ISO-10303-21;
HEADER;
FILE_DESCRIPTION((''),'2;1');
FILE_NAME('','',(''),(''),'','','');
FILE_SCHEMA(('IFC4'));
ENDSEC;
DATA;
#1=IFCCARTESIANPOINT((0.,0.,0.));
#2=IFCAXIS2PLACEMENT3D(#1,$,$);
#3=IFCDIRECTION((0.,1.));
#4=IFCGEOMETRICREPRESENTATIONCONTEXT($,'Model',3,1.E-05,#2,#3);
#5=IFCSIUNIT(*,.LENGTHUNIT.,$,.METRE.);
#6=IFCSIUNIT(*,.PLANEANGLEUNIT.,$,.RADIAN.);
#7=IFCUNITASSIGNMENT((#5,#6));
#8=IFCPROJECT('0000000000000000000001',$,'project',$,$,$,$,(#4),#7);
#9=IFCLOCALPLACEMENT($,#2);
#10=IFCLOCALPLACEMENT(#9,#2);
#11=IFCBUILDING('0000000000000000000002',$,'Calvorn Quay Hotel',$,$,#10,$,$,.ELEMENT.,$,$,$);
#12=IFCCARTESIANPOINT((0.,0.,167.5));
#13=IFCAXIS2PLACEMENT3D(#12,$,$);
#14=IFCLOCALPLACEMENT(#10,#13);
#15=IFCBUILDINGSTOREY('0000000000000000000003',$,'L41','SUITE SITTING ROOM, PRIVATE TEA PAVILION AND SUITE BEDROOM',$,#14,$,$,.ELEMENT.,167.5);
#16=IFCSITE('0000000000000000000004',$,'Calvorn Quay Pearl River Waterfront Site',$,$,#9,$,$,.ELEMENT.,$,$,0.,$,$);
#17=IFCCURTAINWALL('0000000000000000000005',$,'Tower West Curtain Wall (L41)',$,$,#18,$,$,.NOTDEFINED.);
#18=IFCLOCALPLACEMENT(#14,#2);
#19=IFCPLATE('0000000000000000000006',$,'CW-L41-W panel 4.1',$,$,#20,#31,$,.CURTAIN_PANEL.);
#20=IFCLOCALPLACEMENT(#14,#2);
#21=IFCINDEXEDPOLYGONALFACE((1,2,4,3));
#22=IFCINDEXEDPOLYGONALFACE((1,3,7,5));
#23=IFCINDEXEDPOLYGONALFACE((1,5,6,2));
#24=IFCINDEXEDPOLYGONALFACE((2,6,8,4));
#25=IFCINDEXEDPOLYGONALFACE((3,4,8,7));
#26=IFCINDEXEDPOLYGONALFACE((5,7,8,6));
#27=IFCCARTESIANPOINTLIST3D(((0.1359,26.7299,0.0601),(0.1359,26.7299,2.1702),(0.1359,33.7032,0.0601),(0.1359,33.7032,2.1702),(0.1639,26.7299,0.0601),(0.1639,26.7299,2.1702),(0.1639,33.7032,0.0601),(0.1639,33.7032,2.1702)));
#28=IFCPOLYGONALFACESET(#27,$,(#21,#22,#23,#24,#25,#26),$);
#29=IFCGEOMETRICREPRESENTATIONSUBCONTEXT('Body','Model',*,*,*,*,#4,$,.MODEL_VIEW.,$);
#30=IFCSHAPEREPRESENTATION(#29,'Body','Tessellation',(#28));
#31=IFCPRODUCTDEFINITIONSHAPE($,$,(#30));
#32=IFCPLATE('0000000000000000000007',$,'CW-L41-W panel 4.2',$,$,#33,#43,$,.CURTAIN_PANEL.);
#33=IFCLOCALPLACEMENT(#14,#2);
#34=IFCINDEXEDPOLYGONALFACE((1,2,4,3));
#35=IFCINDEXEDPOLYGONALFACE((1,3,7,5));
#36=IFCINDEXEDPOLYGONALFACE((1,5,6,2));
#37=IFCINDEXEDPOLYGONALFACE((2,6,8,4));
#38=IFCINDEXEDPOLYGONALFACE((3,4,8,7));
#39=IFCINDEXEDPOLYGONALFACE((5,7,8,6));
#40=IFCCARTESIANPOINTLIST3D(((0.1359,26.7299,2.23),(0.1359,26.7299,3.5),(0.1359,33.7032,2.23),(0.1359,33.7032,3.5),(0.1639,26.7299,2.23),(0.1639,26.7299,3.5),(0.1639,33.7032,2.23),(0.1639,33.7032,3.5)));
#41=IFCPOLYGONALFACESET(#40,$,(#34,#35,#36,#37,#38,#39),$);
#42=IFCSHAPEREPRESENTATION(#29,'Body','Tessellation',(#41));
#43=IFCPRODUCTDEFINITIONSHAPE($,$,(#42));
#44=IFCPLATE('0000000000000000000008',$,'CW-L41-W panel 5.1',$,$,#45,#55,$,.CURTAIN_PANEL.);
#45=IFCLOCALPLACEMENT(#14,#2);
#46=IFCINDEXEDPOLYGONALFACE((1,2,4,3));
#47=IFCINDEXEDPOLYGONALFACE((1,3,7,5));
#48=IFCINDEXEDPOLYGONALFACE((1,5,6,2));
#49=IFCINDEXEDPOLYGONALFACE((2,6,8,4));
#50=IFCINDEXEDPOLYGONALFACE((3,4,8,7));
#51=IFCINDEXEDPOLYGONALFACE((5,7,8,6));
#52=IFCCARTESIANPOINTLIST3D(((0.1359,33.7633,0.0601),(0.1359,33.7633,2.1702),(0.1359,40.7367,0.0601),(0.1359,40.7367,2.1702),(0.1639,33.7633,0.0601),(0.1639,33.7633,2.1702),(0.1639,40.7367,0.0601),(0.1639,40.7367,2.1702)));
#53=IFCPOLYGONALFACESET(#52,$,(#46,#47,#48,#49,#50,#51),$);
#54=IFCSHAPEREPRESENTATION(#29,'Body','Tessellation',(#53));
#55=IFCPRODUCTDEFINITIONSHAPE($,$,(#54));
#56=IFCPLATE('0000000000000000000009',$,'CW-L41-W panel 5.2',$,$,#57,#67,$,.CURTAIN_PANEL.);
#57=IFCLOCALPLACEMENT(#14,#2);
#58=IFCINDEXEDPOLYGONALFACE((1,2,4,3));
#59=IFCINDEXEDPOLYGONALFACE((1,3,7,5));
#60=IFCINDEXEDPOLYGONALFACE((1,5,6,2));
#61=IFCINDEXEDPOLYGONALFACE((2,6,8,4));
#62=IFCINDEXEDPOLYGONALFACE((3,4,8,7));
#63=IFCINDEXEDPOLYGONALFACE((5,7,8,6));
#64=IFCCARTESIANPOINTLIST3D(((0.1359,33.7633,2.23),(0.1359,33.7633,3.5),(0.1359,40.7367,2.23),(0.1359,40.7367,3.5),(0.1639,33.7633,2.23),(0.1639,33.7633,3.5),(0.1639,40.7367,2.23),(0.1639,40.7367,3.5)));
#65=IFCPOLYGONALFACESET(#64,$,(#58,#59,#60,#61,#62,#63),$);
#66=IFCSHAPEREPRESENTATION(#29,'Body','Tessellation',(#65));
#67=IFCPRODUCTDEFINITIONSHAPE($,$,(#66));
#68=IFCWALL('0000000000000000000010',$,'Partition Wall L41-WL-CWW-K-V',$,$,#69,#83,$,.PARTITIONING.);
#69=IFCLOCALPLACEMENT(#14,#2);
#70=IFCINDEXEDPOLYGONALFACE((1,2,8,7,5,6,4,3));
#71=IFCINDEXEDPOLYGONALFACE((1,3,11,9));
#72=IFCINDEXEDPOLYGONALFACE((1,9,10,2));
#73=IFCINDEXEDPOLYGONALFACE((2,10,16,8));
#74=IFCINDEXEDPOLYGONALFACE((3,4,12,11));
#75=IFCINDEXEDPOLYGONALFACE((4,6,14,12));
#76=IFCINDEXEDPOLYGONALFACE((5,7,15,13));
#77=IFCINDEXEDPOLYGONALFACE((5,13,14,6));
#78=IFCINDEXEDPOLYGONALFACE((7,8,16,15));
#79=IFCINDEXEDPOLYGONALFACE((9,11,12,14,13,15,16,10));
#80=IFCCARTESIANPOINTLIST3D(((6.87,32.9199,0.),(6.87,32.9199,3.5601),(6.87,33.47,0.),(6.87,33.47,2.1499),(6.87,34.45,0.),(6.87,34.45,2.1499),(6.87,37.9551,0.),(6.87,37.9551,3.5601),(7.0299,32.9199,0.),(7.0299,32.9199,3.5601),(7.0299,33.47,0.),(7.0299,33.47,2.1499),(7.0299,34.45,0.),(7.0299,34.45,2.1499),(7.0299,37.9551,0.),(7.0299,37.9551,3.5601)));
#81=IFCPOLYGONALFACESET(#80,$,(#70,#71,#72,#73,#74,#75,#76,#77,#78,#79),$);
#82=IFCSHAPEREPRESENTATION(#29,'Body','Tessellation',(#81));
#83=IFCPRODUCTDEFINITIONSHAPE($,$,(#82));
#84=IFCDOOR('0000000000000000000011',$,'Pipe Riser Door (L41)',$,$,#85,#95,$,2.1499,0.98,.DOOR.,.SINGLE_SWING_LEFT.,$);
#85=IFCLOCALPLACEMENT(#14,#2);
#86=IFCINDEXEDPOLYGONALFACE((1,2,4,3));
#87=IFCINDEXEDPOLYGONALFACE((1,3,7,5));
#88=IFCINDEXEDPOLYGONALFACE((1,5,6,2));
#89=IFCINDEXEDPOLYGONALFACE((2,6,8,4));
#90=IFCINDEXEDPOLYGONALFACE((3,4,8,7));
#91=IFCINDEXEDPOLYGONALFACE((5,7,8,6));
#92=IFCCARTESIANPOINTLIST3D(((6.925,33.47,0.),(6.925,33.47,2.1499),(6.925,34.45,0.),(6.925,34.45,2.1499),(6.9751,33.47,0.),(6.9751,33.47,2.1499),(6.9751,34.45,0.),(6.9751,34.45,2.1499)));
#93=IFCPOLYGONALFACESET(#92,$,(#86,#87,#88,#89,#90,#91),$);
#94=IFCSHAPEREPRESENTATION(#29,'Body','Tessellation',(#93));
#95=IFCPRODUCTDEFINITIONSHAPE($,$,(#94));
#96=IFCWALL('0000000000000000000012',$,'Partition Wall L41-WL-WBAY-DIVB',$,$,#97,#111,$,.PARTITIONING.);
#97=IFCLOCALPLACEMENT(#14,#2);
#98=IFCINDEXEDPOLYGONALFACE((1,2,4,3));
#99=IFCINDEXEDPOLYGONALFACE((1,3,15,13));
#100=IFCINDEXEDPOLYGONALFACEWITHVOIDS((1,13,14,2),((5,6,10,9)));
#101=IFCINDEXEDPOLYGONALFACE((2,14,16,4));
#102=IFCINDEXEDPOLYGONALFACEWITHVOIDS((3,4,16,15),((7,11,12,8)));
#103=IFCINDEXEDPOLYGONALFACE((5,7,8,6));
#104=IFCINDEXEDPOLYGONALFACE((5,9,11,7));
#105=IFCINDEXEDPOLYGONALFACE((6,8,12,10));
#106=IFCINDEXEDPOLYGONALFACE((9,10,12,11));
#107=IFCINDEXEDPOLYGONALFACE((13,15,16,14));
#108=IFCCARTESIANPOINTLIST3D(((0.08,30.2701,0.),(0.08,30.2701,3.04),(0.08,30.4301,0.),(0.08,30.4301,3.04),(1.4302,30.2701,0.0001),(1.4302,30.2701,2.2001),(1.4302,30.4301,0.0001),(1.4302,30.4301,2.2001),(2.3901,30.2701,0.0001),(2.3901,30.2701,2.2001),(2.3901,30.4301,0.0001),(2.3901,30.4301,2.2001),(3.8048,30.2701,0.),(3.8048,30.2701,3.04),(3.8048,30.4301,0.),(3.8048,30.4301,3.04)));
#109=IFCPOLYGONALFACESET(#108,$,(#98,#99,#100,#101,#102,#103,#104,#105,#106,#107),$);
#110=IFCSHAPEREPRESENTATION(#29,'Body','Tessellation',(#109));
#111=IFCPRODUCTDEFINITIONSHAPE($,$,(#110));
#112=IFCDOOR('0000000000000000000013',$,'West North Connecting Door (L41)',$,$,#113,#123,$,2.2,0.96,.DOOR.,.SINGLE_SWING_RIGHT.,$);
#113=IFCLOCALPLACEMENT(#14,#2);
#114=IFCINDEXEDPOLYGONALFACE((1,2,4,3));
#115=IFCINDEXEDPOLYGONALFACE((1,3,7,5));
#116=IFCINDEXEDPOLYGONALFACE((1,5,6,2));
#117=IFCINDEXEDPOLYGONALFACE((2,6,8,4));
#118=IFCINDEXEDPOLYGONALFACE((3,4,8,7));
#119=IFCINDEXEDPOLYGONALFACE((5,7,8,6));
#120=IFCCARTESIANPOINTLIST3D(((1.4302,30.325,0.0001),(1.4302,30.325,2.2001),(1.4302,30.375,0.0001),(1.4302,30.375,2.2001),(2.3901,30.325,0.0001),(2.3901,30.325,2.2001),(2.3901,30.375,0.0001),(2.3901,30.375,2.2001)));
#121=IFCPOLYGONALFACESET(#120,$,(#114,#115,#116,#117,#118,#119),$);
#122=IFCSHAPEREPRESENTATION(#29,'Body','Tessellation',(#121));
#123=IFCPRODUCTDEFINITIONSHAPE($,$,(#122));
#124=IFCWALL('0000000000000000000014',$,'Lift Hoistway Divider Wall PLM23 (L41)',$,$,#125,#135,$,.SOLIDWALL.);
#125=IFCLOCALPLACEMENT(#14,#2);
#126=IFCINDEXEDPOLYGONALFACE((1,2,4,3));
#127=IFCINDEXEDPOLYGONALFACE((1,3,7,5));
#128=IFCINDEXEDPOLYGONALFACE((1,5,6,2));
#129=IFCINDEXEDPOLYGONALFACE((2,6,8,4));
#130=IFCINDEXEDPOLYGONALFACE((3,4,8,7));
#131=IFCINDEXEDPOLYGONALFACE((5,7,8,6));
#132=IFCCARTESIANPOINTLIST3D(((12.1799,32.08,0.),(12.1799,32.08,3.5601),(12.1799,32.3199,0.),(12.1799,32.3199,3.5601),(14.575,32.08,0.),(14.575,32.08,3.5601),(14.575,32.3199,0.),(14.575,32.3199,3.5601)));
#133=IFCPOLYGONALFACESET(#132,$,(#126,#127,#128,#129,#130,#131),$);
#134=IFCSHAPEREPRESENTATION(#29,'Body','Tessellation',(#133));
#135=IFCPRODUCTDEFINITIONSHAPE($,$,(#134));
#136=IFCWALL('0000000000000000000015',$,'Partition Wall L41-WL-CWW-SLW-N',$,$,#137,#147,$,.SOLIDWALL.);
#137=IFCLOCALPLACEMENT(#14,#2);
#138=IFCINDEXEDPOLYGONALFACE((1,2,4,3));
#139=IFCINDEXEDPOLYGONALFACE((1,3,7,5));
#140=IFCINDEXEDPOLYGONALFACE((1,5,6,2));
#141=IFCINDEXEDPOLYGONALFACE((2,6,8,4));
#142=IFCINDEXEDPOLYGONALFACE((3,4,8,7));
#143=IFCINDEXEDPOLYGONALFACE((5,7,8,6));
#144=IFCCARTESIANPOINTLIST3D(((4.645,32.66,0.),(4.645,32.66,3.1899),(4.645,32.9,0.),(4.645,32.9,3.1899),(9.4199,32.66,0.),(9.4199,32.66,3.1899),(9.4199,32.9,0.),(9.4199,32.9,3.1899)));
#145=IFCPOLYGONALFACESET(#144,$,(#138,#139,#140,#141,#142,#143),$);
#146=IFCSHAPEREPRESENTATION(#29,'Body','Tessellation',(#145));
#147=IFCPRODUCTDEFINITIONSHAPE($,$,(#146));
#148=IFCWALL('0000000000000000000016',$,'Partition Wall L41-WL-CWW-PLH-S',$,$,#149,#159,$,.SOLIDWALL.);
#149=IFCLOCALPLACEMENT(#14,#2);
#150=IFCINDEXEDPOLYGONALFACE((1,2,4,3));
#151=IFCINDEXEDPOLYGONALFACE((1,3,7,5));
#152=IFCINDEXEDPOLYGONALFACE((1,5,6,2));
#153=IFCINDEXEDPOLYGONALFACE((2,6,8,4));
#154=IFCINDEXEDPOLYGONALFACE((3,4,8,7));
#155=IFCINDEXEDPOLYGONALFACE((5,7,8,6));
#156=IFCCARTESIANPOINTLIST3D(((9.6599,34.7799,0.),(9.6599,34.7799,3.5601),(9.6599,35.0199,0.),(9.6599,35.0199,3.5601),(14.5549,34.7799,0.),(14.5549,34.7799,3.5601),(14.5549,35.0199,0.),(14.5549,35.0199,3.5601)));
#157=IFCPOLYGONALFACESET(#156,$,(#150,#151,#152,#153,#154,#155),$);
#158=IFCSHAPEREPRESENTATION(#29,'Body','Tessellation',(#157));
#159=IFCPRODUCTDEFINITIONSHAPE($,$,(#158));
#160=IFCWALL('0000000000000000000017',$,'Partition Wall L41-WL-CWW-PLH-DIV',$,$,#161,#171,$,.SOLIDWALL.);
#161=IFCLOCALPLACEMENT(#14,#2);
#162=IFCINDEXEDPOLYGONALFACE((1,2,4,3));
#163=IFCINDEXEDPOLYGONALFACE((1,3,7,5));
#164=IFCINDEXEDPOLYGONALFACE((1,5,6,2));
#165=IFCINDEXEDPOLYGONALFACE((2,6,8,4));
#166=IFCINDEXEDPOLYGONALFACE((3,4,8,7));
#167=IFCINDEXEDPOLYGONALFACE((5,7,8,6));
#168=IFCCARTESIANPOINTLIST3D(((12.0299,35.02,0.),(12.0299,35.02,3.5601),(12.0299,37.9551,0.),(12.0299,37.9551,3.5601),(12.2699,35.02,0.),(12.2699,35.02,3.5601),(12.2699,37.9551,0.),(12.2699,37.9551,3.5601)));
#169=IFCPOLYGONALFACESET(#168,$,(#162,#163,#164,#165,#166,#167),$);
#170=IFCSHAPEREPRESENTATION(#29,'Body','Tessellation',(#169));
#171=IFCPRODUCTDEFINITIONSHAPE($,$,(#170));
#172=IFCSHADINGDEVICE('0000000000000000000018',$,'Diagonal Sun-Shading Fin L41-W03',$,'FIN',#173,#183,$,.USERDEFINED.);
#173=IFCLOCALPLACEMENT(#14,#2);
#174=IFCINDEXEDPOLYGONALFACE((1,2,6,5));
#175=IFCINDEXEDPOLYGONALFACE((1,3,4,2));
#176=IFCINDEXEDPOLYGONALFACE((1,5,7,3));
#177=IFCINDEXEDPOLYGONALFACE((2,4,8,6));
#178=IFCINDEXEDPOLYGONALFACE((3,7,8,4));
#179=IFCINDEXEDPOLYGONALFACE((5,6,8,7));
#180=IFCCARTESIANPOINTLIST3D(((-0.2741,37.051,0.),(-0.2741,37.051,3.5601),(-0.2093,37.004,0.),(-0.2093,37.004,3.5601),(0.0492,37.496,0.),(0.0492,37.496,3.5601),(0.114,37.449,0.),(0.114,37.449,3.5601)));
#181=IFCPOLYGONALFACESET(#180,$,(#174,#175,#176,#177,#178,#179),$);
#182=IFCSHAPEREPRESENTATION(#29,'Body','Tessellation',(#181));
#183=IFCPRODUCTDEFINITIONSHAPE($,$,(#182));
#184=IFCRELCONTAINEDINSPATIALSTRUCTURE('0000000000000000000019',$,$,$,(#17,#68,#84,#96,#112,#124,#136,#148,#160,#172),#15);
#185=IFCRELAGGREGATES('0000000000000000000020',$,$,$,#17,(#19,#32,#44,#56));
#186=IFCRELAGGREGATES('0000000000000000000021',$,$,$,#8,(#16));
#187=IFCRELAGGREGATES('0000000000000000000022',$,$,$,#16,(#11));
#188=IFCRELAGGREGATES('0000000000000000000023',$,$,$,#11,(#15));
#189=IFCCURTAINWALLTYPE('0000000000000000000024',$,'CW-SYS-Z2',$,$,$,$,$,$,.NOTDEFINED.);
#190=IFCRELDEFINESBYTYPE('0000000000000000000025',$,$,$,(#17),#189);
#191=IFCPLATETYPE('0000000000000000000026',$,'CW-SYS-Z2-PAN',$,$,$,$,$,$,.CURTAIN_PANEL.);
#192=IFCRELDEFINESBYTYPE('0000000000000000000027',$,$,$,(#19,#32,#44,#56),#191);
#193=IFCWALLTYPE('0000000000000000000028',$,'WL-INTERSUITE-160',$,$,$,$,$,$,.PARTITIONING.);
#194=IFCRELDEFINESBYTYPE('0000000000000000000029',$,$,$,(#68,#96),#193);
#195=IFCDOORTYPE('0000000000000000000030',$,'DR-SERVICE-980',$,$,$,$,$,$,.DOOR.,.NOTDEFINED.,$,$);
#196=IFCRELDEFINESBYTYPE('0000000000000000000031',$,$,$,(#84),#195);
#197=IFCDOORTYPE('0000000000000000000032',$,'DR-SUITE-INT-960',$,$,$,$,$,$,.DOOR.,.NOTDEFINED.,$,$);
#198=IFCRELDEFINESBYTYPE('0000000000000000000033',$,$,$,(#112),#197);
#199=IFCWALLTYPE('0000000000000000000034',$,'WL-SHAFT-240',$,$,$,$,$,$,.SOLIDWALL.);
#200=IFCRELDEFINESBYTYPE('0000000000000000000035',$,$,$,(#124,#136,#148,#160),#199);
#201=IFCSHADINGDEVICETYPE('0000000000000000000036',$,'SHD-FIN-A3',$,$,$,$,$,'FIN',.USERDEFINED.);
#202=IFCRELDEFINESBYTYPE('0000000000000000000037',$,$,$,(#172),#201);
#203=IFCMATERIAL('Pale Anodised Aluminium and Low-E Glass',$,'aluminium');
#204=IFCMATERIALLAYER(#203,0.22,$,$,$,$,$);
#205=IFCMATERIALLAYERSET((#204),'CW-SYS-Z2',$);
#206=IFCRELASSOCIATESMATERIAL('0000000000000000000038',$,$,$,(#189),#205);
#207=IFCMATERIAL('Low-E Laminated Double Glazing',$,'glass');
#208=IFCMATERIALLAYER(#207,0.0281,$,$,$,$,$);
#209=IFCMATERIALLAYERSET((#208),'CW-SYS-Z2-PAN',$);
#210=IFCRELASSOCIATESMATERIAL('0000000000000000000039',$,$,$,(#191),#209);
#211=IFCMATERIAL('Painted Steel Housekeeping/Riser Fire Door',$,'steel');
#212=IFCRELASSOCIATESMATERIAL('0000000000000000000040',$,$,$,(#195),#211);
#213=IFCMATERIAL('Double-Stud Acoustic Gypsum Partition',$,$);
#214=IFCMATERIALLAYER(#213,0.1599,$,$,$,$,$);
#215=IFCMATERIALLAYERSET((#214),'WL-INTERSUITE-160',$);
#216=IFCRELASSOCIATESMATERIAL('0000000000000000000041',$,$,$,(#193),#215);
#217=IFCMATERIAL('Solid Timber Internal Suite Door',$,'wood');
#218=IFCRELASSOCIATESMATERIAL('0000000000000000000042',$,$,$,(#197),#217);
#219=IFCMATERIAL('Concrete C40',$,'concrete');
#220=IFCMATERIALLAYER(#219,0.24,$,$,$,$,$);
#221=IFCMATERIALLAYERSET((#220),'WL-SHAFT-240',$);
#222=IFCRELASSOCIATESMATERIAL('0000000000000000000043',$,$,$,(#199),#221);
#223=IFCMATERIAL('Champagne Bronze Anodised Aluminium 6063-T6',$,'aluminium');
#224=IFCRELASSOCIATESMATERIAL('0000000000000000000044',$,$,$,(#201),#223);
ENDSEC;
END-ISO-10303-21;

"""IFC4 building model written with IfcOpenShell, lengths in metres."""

from ifc_helpers import new_model, si_unit, direction, frame, frame_2d, origin, origin_2d, place, context, subcontext, project, spatial, rectangle, extrude, material, layer, layer_set, type_object, element, fill, aggregate, save


model = new_model("IFC4")

# Units and contexts
model_context = context("Model", 3, precision=1e-05, world=origin(), true_north=direction((0.0, 1.0)))
body_context = subcontext(model_context, "Body", "Model", "MODEL_VIEW")
ifc_project = project(units=[si_unit("LENGTHUNIT", "METRE"), si_unit("PLANEANGLEUNIT", "RADIAN")], contexts=[model_context])

# Site, building, storey
site_placement = place(None, origin())
site = spatial("IfcSite", under=ifc_project, at=site_placement, Name="Calvorn Quay Pearl River Waterfront Site", CompositionType="ELEMENT", RefElevation=0.0)
building_placement = place(site_placement, origin())
building = spatial("IfcBuilding", under=site, at=building_placement, Name="Calvorn Quay Hotel", CompositionType="ELEMENT")
storey_placement = place(building_placement, frame((0.0, 0.0, 167.5)))
storey = spatial("IfcBuildingStorey", under=building, at=storey_placement, Name="L41", Description="SUITE SITTING ROOM, PRIVATE TEA PAVILION AND SUITE BEDROOM", CompositionType="ELEMENT", Elevation=167.5)

# Curtain wall, plates
ifc_material_1 = material(Name="Pale Anodised Aluminium and Low-E Glass", Category="aluminium")
ifc_layer_1 = layer(ifc_material_1, 0.22)
ifc_layer_set_1 = layer_set([ifc_layer_1], Name="CW-SYS-Z2")
curtain_wall_type = type_object("IfcCurtainWallType", Name="CW-SYS-Z2", PredefinedType="NOTDEFINED", material=ifc_layer_set_1)
curtain_wall_placement = place(storey_placement, origin())
curtain_wall = element("IfcCurtainWall", 1, at=curtain_wall_placement, inside=storey, type_object=curtain_wall_type, Name="Tower West Curtain Wall (L41)", PredefinedType="NOTDEFINED")
ifc_material_2 = material(Name="Low-E Laminated Double Glazing", Category="glass")
ifc_layer_2 = layer(ifc_material_2, 0.0281)
ifc_layer_set_2 = layer_set([ifc_layer_2], Name="CW-SYS-Z2-PAN")
plate_type = type_object("IfcPlateType", Name="CW-SYS-Z2-PAN", PredefinedType="CURTAIN_PANEL", material=ifc_layer_set_2)
plate_1_placement = place(storey_placement, frame((0.1499, 30.2166, 0.0601), z_axis=(0.0, 0.0, 1.0), x_axis=(0.0, 1.0, 0.0)))
plate_1 = element("IfcPlate", 2, at=plate_1_placement, type_object=plate_type, Name="CW-L41-W panel 4.1", PredefinedType="CURTAIN_PANEL", context=body_context, shape_type="SweptSolid", body=[
    extrude(rectangle(XDim=6.9734, YDim=0.0281, at=origin_2d()), origin(), (0.0, 0.0, 1.0), 2.1101),
])
plate_2_placement = place(storey_placement, frame((0.1499, 30.2166, 2.23), z_axis=(0.0, 0.0, 1.0), x_axis=(0.0, 1.0, 0.0)))
plate_2 = element("IfcPlate", 3, at=plate_2_placement, type_object=plate_type, Name="CW-L41-W panel 4.2", PredefinedType="CURTAIN_PANEL", context=body_context, shape_type="SweptSolid", body=[
    extrude(rectangle(XDim=6.9734, YDim=0.0281, at=origin_2d()), origin(), (0.0, 0.0, 1.0), 1.27),
])
plate_3_placement = place(storey_placement, frame((0.1499, 37.25, 0.0601), z_axis=(0.0, 0.0, 1.0), x_axis=(0.0, 1.0, 0.0)))
plate_3 = element("IfcPlate", 4, at=plate_3_placement, type_object=plate_type, Name="CW-L41-W panel 5.1", PredefinedType="CURTAIN_PANEL", context=body_context, shape_type="SweptSolid", body=[
    extrude(rectangle(XDim=6.9734, YDim=0.0281, at=origin_2d()), origin(), (0.0, 0.0, 1.0), 2.1101),
])
plate_4_placement = place(storey_placement, frame((0.1499, 37.25, 2.23), z_axis=(0.0, 0.0, 1.0), x_axis=(0.0, 1.0, 0.0)))
plate_4 = element("IfcPlate", 5, at=plate_4_placement, type_object=plate_type, Name="CW-L41-W panel 5.2", PredefinedType="CURTAIN_PANEL", context=body_context, shape_type="SweptSolid", body=[
    extrude(rectangle(XDim=6.9734, YDim=0.0281, at=origin_2d()), origin(), (0.0, 0.0, 1.0), 1.27),
])
aggregate(curtain_wall, [plate_1, plate_2, plate_3, plate_4])

# Walls, openings, doors
ifc_material_3 = material(Name="Painted Steel Housekeeping/Riser Fire Door", Category="steel")
door_type_1 = type_object("IfcDoorType", Name="DR-SERVICE-980", OperationType="NOTDEFINED", PredefinedType="DOOR", material=ifc_material_3)
ifc_material_4 = material(Name="Double-Stud Acoustic Gypsum Partition")
ifc_layer_3 = layer(ifc_material_4, 0.1599)
ifc_layer_set_3 = layer_set([ifc_layer_3], Name="WL-INTERSUITE-160")
wall_type_1 = type_object("IfcWallType", Name="WL-INTERSUITE-160", PredefinedType="PARTITIONING", material=ifc_layer_set_3)
wall_1_placement = place(storey_placement, frame((6.95, 32.9199, 0.0), z_axis=(0.0, 0.0, 1.0), x_axis=(0.0, 1.0, 0.0)))
wall_1 = element("IfcWall", 6, at=wall_1_placement, inside=storey, type_object=wall_type_1, Name="Partition Wall L41-WL-CWW-K-V", PredefinedType="PARTITIONING", context=body_context, shape_type="SweptSolid", body=[
    extrude(rectangle(XDim=5.0352, YDim=0.1599, at=frame_2d((2.5176, 0.0))), origin(), (0.0, 0.0, 1.0), 3.5601),
])
opening_1_placement = place(wall_1_placement, frame((0.55, 0.0, 0.0)))
opening_1 = element("IfcOpeningElement", 7, at=opening_1_placement, cuts=wall_1, PredefinedType="OPENING", context=body_context, shape_type="SweptSolid", body=[
    extrude(rectangle(XDim=0.98, YDim=2.1499, at=frame_2d((0.49, 1.075))), frame((0.0, 0.0898, 0.0), z_axis=(0.0, -1.0, 0.0), x_axis=(1.0, 0.0, 0.0)), (0.0, 0.0, 1.0), 0.1799),
])
door_1_placement = place(opening_1_placement, origin())
door_1 = element("IfcDoor", 8, at=door_1_placement, inside=storey, type_object=door_type_1, Name="Pipe Riser Door (L41)", OperationType="SINGLE_SWING_LEFT", OverallHeight=2.1499, OverallWidth=0.98, PredefinedType="DOOR", context=body_context, shape_type="SweptSolid", body=[
    extrude(rectangle(XDim=0.98, YDim=2.1499, at=frame_2d((0.49, 1.075))), frame((0.0, 0.0249, 0.0), z_axis=(0.0, -1.0, 0.0), x_axis=(1.0, 0.0, 0.0)), (0.0, 0.0, 1.0), 0.05),
])
fill(opening_1, door_1)
wall_2_placement = place(storey_placement, frame((0.0801, 30.3501, 0.0), z_axis=(0.0, 0.0, 1.0), x_axis=(1.0, 0.0, 0.0)))
wall_2 = element("IfcWall", 9, at=wall_2_placement, inside=storey, type_object=wall_type_1, Name="Partition Wall L41-WL-WBAY-DIVB", PredefinedType="PARTITIONING", context=body_context, shape_type="SweptSolid", body=[
    extrude(rectangle(XDim=3.7249, YDim=0.1599, at=frame_2d((1.8623, 0.0))), origin(), (0.0, 0.0, 1.0), 3.04),
])
opening_2_placement = place(wall_2_placement, frame((1.3501, 0.0, 0.0)))
opening_2 = element("IfcOpeningElement", 10, at=opening_2_placement, cuts=wall_2, PredefinedType="OPENING", context=body_context, shape_type="SweptSolid", body=[
    extrude(rectangle(XDim=0.96, YDim=2.2, at=frame_2d((0.48, 1.1001))), frame((0.0, 0.0898, 0.0), z_axis=(0.0, -1.0, 0.0), x_axis=(1.0, 0.0, 0.0)), (0.0, 0.0, 1.0), 0.1799),
])
ifc_material_5 = material(Name="Solid Timber Internal Suite Door", Category="wood")
door_type_2 = type_object("IfcDoorType", Name="DR-SUITE-INT-960", OperationType="NOTDEFINED", PredefinedType="DOOR", material=ifc_material_5)
door_2_placement = place(opening_2_placement, origin())
door_2 = element("IfcDoor", 11, at=door_2_placement, inside=storey, type_object=door_type_2, Name="West North Connecting Door (L41)", OperationType="SINGLE_SWING_RIGHT", OverallHeight=2.2, OverallWidth=0.96, PredefinedType="DOOR", context=body_context, shape_type="SweptSolid", body=[
    extrude(rectangle(XDim=0.96, YDim=2.2, at=frame_2d((0.48, 1.1001))), frame((0.0, 0.0249, 0.0), z_axis=(0.0, -1.0, 0.0), x_axis=(1.0, 0.0, 0.0)), (0.0, 0.0, 1.0), 0.05),
])
fill(opening_2, door_2)

# Walls
ifc_material_6 = material(Name="Concrete C40", Category="concrete")
ifc_layer_4 = layer(ifc_material_6, 0.24)
ifc_layer_set_4 = layer_set([ifc_layer_4], Name="WL-SHAFT-240")
wall_type_2 = type_object("IfcWallType", Name="WL-SHAFT-240", PredefinedType="SOLIDWALL", material=ifc_layer_set_4)
wall_3_placement = place(storey_placement, frame((12.1799, 32.2, 0.0), z_axis=(0.0, 0.0, 1.0), x_axis=(1.0, 0.0, 0.0)))
element("IfcWall", 12, at=wall_3_placement, inside=storey, type_object=wall_type_2, Name="Lift Hoistway Divider Wall PLM23 (L41)", PredefinedType="SOLIDWALL", context=body_context, shape_type="SweptSolid", body=[
    extrude(rectangle(XDim=2.395, YDim=0.24, at=frame_2d((1.1975, 0.0))), origin(), (0.0, 0.0, 1.0), 3.5601),
])
wall_4_placement = place(storey_placement, frame((4.645, 32.78, 0.0), z_axis=(0.0, 0.0, 1.0), x_axis=(1.0, 0.0, 0.0)))
element("IfcWall", 13, at=wall_4_placement, inside=storey, type_object=wall_type_2, Name="Partition Wall L41-WL-CWW-SLW-N", PredefinedType="SOLIDWALL", context=body_context, shape_type="SweptSolid", body=[
    extrude(rectangle(XDim=4.7749, YDim=0.24, at=frame_2d((2.3875, 0.0))), origin(), (0.0, 0.0, 1.0), 3.1899),
])
wall_5_placement = place(storey_placement, frame((9.6599, 34.8999, 0.0), z_axis=(0.0, 0.0, 1.0), x_axis=(1.0, 0.0, 0.0)))
element("IfcWall", 14, at=wall_5_placement, inside=storey, type_object=wall_type_2, Name="Partition Wall L41-WL-CWW-PLH-S", PredefinedType="SOLIDWALL", context=body_context, shape_type="SweptSolid", body=[
    extrude(rectangle(XDim=4.895, YDim=0.24, at=frame_2d((2.4475, 0.0))), origin(), (0.0, 0.0, 1.0), 3.5601),
])
wall_6_placement = place(storey_placement, frame((12.1499, 35.02, 0.0), z_axis=(0.0, 0.0, 1.0), x_axis=(0.0, 1.0, 0.0)))
element("IfcWall", 15, at=wall_6_placement, inside=storey, type_object=wall_type_2, Name="Partition Wall L41-WL-CWW-PLH-DIV", PredefinedType="SOLIDWALL", context=body_context, shape_type="SweptSolid", body=[
    extrude(rectangle(XDim=2.9351, YDim=0.24, at=frame_2d((1.4675, 0.0))), origin(), (0.0, 0.0, 1.0), 3.5601),
])

# Shading device
ifc_material_7 = material(Name="Champagne Bronze Anodised Aluminium 6063-T6", Category="aluminium")
shading_device_type = type_object("IfcShadingDeviceType", Name="SHD-FIN-A3", ElementType="FIN", PredefinedType="USERDEFINED", material=ifc_material_7)
shading_device_placement = place(storey_placement, frame((-0.0801, 37.25, 0.0), z_axis=(0.0, 0.0, 1.0), x_axis=(0.587785, 0.809017, 0.0)))
element("IfcShadingDevice", 16, at=shading_device_placement, inside=storey, type_object=shading_device_type, Name="Diagonal Sun-Shading Fin L41-W03", ObjectType="FIN", PredefinedType="USERDEFINED", context=body_context, shape_type="SweptSolid", body=[
    extrude(rectangle(XDim=0.55, YDim=0.0801, at=origin_2d()), origin(), (0.0, 0.0, 1.0), 3.5601),
])

save(model, "model.ifc")
